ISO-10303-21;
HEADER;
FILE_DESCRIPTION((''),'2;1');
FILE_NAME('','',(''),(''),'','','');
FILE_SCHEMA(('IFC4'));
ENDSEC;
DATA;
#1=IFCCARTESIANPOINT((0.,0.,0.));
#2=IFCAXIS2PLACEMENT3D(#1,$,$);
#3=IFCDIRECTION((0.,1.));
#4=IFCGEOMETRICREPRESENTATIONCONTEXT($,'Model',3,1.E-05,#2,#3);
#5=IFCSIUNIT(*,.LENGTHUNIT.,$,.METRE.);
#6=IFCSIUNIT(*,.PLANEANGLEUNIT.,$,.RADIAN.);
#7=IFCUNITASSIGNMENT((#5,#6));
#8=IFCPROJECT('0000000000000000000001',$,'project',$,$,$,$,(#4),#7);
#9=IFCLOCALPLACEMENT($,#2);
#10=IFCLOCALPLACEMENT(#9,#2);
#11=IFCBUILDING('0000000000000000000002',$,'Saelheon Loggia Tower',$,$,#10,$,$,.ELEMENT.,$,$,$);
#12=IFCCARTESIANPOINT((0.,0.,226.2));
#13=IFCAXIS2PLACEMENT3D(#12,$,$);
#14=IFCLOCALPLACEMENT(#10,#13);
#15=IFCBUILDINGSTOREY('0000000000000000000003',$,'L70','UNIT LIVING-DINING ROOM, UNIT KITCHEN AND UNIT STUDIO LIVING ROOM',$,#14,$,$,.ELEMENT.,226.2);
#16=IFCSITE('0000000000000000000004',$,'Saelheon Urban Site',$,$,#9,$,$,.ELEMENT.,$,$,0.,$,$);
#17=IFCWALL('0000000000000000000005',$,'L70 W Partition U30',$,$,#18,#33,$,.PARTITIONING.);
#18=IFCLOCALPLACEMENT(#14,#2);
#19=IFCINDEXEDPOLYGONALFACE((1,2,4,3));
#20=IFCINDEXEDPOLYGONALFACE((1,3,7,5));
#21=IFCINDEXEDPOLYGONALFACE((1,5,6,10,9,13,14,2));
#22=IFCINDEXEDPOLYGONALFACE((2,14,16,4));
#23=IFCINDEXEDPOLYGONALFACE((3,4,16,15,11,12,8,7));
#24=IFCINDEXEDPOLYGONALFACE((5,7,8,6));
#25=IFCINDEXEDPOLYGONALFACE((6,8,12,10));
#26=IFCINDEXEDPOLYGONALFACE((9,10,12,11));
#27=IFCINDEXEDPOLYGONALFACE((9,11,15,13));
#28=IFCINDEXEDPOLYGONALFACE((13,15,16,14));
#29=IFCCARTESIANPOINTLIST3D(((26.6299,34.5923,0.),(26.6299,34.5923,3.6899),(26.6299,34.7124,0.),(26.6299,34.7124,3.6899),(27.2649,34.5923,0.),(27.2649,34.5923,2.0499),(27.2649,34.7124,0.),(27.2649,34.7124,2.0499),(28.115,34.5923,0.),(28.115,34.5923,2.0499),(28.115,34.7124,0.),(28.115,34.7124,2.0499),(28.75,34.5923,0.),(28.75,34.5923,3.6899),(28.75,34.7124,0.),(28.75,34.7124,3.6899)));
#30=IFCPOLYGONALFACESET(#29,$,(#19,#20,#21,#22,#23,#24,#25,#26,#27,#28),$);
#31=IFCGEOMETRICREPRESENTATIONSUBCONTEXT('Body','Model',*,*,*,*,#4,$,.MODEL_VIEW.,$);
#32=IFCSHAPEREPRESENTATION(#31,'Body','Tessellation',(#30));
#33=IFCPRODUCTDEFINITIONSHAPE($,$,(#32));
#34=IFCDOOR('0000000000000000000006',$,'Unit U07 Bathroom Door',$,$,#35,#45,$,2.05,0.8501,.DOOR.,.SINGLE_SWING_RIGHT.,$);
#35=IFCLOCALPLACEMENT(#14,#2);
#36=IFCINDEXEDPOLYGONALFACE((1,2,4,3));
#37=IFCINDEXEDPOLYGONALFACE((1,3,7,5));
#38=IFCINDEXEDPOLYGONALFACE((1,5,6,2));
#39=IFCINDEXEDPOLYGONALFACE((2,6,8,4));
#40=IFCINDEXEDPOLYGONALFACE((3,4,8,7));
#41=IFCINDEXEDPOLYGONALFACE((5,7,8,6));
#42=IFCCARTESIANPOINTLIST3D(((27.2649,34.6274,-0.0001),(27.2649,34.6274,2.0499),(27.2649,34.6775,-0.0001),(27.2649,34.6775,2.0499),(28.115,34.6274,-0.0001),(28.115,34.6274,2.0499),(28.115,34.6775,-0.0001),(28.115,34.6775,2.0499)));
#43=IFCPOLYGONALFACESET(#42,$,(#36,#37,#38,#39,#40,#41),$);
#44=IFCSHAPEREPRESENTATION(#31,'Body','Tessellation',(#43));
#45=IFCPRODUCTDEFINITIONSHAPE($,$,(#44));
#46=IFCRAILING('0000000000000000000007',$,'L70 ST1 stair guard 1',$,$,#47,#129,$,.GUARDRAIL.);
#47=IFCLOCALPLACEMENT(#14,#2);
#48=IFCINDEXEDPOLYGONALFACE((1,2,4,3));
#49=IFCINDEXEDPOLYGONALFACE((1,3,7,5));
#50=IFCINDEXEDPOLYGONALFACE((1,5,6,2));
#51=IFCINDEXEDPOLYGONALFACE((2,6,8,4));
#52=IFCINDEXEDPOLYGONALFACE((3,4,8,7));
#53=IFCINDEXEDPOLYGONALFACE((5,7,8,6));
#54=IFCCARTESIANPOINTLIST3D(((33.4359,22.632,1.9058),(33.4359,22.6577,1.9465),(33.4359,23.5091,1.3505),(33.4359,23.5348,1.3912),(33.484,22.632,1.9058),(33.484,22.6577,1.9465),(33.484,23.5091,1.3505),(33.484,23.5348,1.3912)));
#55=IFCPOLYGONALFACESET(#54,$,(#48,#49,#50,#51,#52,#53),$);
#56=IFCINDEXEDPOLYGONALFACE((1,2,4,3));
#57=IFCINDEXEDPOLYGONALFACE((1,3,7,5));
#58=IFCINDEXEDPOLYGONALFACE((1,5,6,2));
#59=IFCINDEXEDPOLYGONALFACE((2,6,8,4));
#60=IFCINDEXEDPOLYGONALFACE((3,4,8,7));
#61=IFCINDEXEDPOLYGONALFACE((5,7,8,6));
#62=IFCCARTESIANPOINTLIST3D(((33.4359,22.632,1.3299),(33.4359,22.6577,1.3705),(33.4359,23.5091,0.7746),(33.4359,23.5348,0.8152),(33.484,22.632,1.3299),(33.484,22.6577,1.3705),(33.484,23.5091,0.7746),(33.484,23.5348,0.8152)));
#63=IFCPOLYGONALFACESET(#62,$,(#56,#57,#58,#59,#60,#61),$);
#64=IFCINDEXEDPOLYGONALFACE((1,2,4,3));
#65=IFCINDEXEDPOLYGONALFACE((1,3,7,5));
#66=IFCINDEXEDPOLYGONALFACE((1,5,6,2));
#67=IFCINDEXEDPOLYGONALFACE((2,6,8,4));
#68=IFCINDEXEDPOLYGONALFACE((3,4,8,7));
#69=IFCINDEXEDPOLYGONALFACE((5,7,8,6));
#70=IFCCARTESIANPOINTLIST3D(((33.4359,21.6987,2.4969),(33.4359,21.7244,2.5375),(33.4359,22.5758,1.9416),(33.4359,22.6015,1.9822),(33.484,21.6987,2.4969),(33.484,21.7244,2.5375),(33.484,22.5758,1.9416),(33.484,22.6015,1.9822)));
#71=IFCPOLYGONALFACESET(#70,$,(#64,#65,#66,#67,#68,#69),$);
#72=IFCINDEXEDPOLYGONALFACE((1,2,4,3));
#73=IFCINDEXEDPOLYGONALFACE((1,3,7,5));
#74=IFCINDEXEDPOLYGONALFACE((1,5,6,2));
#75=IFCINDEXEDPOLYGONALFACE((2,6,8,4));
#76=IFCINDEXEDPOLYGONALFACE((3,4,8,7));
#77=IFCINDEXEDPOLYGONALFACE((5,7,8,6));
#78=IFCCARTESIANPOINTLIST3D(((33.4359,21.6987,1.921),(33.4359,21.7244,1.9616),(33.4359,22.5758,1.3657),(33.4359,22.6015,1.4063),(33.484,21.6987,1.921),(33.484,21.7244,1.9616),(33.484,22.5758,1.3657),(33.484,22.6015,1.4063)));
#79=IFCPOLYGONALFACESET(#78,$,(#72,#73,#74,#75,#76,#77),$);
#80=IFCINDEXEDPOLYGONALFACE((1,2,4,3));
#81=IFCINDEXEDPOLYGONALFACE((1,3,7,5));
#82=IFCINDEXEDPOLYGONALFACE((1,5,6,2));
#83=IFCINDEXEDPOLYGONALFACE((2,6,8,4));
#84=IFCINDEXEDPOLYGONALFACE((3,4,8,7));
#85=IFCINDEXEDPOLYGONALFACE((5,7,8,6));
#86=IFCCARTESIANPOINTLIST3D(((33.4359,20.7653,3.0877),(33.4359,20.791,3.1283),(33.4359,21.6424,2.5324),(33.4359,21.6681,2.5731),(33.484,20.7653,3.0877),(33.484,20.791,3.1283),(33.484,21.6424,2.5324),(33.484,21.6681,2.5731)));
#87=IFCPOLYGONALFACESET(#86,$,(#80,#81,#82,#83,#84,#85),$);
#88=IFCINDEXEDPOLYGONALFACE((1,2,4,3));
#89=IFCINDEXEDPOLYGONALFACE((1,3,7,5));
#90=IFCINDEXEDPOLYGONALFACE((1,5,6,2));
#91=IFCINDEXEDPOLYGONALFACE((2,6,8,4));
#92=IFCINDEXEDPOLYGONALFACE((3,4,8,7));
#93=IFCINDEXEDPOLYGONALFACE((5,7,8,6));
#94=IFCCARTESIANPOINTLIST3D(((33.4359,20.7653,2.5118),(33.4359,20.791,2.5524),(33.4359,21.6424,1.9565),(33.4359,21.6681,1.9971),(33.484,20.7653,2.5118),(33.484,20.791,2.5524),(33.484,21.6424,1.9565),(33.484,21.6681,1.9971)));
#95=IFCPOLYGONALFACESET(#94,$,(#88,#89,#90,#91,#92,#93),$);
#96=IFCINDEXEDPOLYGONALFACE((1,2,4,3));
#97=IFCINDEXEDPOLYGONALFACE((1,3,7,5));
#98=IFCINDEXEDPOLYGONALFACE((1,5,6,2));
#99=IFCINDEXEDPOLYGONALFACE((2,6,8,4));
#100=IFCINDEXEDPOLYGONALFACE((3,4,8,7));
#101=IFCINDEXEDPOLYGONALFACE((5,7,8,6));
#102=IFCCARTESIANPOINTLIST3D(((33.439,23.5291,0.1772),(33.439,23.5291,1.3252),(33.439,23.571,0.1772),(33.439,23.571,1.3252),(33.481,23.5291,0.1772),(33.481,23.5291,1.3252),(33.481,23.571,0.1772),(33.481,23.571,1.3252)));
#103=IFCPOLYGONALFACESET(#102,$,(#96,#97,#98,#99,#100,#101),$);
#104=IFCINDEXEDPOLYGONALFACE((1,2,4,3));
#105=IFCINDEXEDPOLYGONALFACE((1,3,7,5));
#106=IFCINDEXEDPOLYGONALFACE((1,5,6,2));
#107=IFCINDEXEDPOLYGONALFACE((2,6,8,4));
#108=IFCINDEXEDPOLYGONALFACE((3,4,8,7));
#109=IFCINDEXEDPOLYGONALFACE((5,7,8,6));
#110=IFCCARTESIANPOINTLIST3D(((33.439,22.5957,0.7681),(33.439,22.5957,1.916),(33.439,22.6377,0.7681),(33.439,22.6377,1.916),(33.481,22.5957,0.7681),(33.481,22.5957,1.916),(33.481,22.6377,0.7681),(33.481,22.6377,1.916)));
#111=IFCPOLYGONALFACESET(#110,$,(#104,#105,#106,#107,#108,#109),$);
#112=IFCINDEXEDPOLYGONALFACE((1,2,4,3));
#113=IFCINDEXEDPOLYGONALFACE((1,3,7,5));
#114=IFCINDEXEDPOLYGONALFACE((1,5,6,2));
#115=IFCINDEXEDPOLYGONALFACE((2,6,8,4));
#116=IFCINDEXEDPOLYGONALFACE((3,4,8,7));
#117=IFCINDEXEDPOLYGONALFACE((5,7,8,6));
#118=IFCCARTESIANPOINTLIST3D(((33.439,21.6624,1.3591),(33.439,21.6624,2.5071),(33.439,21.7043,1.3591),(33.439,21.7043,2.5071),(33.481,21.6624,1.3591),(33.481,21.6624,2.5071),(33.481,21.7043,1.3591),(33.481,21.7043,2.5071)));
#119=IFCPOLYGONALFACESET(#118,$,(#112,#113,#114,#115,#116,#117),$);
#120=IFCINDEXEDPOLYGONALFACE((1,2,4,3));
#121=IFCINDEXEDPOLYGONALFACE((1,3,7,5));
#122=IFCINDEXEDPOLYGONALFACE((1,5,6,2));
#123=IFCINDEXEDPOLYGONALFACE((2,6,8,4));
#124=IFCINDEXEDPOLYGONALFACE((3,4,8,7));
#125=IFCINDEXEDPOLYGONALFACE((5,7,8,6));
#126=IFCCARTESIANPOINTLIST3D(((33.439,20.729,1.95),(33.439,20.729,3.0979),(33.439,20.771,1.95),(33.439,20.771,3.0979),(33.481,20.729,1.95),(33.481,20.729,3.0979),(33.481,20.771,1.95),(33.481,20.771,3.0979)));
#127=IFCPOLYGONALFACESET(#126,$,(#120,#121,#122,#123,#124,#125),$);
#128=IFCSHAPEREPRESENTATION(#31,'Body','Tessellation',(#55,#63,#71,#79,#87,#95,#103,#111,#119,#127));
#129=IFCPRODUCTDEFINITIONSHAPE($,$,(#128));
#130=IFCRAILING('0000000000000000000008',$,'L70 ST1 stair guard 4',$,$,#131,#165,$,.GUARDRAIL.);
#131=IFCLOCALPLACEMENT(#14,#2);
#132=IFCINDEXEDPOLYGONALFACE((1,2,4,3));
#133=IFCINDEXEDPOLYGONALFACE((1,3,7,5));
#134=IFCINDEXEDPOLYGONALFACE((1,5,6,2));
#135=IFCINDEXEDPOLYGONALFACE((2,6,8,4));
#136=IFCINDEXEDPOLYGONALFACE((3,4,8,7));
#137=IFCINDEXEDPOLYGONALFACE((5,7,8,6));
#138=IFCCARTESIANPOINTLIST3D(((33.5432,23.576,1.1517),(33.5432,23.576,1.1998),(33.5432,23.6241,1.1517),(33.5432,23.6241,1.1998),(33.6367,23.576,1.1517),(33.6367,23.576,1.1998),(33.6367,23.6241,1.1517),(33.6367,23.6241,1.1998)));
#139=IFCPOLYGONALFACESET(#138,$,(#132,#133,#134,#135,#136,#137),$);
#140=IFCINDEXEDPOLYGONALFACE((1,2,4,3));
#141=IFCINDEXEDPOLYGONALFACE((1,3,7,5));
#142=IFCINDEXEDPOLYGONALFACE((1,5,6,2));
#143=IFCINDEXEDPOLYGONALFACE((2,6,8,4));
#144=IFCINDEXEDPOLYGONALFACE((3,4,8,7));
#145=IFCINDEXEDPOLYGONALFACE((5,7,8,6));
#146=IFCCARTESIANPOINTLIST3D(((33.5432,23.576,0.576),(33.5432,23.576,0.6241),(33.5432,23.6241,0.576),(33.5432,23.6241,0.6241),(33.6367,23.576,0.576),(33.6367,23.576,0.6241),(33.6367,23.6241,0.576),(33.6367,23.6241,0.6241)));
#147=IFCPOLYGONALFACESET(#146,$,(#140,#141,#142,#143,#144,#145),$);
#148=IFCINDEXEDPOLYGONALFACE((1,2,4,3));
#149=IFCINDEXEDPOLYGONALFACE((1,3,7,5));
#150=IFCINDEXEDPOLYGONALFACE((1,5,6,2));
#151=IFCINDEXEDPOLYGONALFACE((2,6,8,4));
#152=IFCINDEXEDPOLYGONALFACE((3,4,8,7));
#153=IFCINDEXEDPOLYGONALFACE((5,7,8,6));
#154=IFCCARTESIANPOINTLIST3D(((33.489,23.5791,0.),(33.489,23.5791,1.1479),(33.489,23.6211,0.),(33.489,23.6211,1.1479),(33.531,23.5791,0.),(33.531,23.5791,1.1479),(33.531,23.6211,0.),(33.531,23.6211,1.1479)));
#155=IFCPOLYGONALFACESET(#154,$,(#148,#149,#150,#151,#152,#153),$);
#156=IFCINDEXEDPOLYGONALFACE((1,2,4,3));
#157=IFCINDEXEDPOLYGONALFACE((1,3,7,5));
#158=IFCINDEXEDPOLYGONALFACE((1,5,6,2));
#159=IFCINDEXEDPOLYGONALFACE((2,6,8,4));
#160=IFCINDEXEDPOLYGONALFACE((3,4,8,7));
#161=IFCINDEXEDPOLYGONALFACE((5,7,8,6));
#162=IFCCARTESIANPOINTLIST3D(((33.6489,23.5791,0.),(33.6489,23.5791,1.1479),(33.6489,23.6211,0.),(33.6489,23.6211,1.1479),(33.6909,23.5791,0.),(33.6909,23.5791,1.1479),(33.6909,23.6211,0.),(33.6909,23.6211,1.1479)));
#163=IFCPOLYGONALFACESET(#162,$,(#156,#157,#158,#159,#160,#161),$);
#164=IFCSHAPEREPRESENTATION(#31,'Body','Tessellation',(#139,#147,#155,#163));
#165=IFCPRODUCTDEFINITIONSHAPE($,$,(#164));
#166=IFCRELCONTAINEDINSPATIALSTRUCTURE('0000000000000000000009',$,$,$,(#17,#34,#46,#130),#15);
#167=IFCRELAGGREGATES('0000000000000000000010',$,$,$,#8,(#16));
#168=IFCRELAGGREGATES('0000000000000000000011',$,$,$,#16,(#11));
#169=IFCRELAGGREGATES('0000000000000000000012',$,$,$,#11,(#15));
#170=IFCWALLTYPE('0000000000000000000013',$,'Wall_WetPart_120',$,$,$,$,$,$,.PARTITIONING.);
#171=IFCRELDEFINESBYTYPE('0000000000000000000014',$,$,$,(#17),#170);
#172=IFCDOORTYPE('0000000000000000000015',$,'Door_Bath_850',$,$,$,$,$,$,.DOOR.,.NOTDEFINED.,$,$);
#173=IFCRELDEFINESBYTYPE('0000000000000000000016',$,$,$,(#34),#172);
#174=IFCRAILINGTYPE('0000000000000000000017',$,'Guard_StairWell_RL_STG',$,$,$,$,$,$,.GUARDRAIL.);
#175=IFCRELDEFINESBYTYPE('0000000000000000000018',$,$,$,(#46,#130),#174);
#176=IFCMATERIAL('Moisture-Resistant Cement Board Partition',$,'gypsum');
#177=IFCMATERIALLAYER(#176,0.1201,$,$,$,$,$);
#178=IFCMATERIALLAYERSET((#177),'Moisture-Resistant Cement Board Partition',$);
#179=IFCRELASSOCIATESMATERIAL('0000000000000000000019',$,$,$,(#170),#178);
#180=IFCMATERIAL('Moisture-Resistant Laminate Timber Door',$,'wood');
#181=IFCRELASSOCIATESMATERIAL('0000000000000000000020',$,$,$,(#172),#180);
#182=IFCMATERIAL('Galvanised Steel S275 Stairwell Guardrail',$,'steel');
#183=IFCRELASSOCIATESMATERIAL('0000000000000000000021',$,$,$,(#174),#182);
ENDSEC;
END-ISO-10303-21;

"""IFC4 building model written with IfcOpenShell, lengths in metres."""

from ifc_helpers import new_model, si_unit, direction, frame, frame_2d, origin, origin_2d, place, context, subcontext, project, spatial, rectangle, extrude, source, transform, mapped, material, layer, layer_set, type_object, element, fill, save


model = new_model("IFC4")

# Units and contexts
model_context = context("Model", 3, precision=1e-05, world=origin(), true_north=direction((0.0, 1.0)))
body_context = subcontext(model_context, "Body", "Model", "MODEL_VIEW")
ifc_project = project(units=[si_unit("LENGTHUNIT", "METRE"), si_unit("PLANEANGLEUNIT", "RADIAN")], contexts=[model_context])

# Site, building, storey
site_placement = place(None, origin())
site = spatial("IfcSite", under=ifc_project, at=site_placement, Name="Saelheon Urban Site", CompositionType="ELEMENT", RefElevation=0.0)
building_placement = place(site_placement, origin())
building = spatial("IfcBuilding", under=site, at=building_placement, Name="Saelheon Loggia Tower", CompositionType="ELEMENT")
storey_placement = place(building_placement, frame((0.0, 0.0, 226.2)))
storey = spatial("IfcBuildingStorey", under=building, at=storey_placement, Name="L70", Description="UNIT LIVING-DINING ROOM, UNIT KITCHEN AND UNIT STUDIO LIVING ROOM", CompositionType="ELEMENT", Elevation=226.2)

# Wall, opening, door
ifc_material_1 = material(Name="Moisture-Resistant Cement Board Partition", Category="gypsum")
ifc_layer_1 = layer(ifc_material_1, 0.1201)
ifc_layer_set_1 = layer_set([ifc_layer_1], Name="Moisture-Resistant Cement Board Partition")
wall_type_1 = type_object("IfcWallType", Name="Wall_WetPart_120", PredefinedType="PARTITIONING", material=ifc_layer_set_1)
wall_1_placement = place(storey_placement, frame((28.75, 34.6523, 0.0), z_axis=(0.0, 0.0, 1.0), x_axis=(-1.0, 0.0, 0.0)))
wall_1 = element("IfcWall", 1, at=wall_1_placement, inside=storey, type_object=wall_type_1, Name="L70 W Partition U30", PredefinedType="PARTITIONING", context=body_context, shape_type="SweptSolid", body=[
    extrude(rectangle(XDim=2.1201, YDim=0.1201, at=frame_2d((1.0601, 0.0))), origin(), (0.0, 0.0, 1.0), 3.6899),
])
opening_1_placement = place(wall_1_placement, frame((0.635, 0.0, 0.0)))
opening_1 = element("IfcOpeningElement", 2, at=opening_1_placement, cuts=wall_1, PredefinedType="OPENING", context=body_context, shape_type="SweptSolid", body=[
    extrude(rectangle(XDim=0.8501, YDim=2.05, at=frame_2d((0.425, 1.0249))), frame((0.0, 0.072, 0.0), z_axis=(0.0, -1.0, 0.0), x_axis=(1.0, 0.0, 0.0)), (0.0, 0.0, 1.0), 0.144),
])
ifc_material_2 = material(Name="Moisture-Resistant Laminate Timber Door", Category="wood")
door_type_1 = type_object("IfcDoorType", Name="Door_Bath_850", OperationType="NOTDEFINED", PredefinedType="DOOR", material=ifc_material_2)
shared_shape_1 = source(origin(), body_context, "Body", "SweptSolid", [
    extrude(rectangle(XDim=0.8501, YDim=2.05, at=frame_2d((0.425, 1.0249))), frame((0.0, 0.0249, 0.0), z_axis=(0.0, -1.0, 0.0), x_axis=(1.0, 0.0, 0.0)), (0.0, 0.0, 1.0), 0.05),
])
door_1_placement = place(opening_1_placement, origin())
door_1 = element("IfcDoor", 3, at=door_1_placement, inside=storey, type_object=door_type_1, Name="Unit U07 Bathroom Door", OperationType="SINGLE_SWING_RIGHT", OverallHeight=2.05, OverallWidth=0.8501, PredefinedType="DOOR", context=body_context, shape_type="MappedRepresentation", body=[
    mapped(shared_shape_1, transform((0.0, 0.0, 0.0), scale=1.0)),
])
fill(opening_1, door_1)

# Railings
ifc_material_3 = material(Name="Galvanised Steel S275 Stairwell Guardrail", Category="steel")
railing_type_1 = type_object("IfcRailingType", Name="Guard_StairWell_RL_STG", PredefinedType="GUARDRAIL", material=ifc_material_3)
railing_1_placement = place(storey_placement, frame((33.46, 23.55, 0.1772)))
element("IfcRailing", 4, at=railing_1_placement, inside=storey, type_object=railing_type_1, Name="L70 ST1 stair guard 1", PredefinedType="GUARDRAIL", context=body_context, shape_type="SweptSolid", body=[
    extrude(rectangle(XDim=0.0481, YDim=0.0481, at=origin_2d()), frame((0.0, -0.0281, 1.1936), z_axis=(0.0, -0.844909, 0.53491), x_axis=(1.0, 0.0, 0.0)), (0.0, 0.0, 1.0), 1.0381),
    extrude(rectangle(XDim=0.0481, YDim=0.0481, at=origin_2d()), frame((0.0, -0.0281, 0.6177), z_axis=(0.0, -0.844909, 0.53491), x_axis=(1.0, 0.0, 0.0)), (0.0, 0.0, 1.0), 1.0381),
    extrude(rectangle(XDim=0.0481, YDim=0.0481, at=origin_2d()), frame((0.0, -0.9614, 1.7847), z_axis=(0.0, -0.844909, 0.53491), x_axis=(1.0, 0.0, 0.0)), (0.0, 0.0, 1.0), 1.0381),
    extrude(rectangle(XDim=0.0481, YDim=0.0481, at=origin_2d()), frame((0.0, -0.9614, 1.2087), z_axis=(0.0, -0.844909, 0.53491), x_axis=(1.0, 0.0, 0.0)), (0.0, 0.0, 1.0), 1.0381),
    extrude(rectangle(XDim=0.0481, YDim=0.0481, at=origin_2d()), frame((0.0, -1.8948, 2.3755), z_axis=(0.0, -0.844909, 0.53491), x_axis=(1.0, 0.0, 0.0)), (0.0, 0.0, 1.0), 1.0381),
    extrude(rectangle(XDim=0.0481, YDim=0.0481, at=origin_2d()), frame((0.0, -1.8948, 1.7996), z_axis=(0.0, -0.844909, 0.53491), x_axis=(1.0, 0.0, 0.0)), (0.0, 0.0, 1.0), 1.0381),
    extrude(rectangle(XDim=0.042, YDim=0.042, at=origin_2d()), origin(), (0.0, 0.0, 1.0), 1.1479),
    extrude(rectangle(XDim=0.042, YDim=0.042, at=origin_2d()), frame((0.0, -0.9333, 0.5908)), (0.0, 0.0, 1.0), 1.1479),
    extrude(rectangle(XDim=0.042, YDim=0.042, at=origin_2d()), frame((0.0, -1.8667, 1.1819)), (0.0, 0.0, 1.0), 1.1479),
    extrude(rectangle(XDim=0.042, YDim=0.042, at=origin_2d()), frame((0.0, -2.8, 1.7727)), (0.0, 0.0, 1.0), 1.1479),
])
railing_2_placement = place(storey_placement, frame((33.51, 23.6001, 0.0)))
element("IfcRailing", 5, at=railing_2_placement, inside=storey, type_object=railing_type_1, Name="L70 ST1 stair guard 4", PredefinedType="GUARDRAIL", context=body_context, shape_type="SweptSolid", body=[
    extrude(rectangle(XDim=0.0481, YDim=0.0481, at=origin_2d()), frame((0.0332, 0.0, 1.1758), z_axis=(1.0, 0.0, 0.0), x_axis=(0.0, 1.0, 0.0)), (0.0, 0.0, 1.0), 0.0935),
    extrude(rectangle(XDim=0.0481, YDim=0.0481, at=origin_2d()), frame((0.0332, 0.0, 0.6001), z_axis=(1.0, 0.0, 0.0), x_axis=(0.0, 1.0, 0.0)), (0.0, 0.0, 1.0), 0.0935),
    extrude(rectangle(XDim=0.042, YDim=0.042, at=origin_2d()), origin(), (0.0, 0.0, 1.0), 1.1479),
    extrude(rectangle(XDim=0.042, YDim=0.042, at=origin_2d()), frame((0.1599, 0.0, 0.0)), (0.0, 0.0, 1.0), 1.1479),
])

save(model, "model.ifc")
